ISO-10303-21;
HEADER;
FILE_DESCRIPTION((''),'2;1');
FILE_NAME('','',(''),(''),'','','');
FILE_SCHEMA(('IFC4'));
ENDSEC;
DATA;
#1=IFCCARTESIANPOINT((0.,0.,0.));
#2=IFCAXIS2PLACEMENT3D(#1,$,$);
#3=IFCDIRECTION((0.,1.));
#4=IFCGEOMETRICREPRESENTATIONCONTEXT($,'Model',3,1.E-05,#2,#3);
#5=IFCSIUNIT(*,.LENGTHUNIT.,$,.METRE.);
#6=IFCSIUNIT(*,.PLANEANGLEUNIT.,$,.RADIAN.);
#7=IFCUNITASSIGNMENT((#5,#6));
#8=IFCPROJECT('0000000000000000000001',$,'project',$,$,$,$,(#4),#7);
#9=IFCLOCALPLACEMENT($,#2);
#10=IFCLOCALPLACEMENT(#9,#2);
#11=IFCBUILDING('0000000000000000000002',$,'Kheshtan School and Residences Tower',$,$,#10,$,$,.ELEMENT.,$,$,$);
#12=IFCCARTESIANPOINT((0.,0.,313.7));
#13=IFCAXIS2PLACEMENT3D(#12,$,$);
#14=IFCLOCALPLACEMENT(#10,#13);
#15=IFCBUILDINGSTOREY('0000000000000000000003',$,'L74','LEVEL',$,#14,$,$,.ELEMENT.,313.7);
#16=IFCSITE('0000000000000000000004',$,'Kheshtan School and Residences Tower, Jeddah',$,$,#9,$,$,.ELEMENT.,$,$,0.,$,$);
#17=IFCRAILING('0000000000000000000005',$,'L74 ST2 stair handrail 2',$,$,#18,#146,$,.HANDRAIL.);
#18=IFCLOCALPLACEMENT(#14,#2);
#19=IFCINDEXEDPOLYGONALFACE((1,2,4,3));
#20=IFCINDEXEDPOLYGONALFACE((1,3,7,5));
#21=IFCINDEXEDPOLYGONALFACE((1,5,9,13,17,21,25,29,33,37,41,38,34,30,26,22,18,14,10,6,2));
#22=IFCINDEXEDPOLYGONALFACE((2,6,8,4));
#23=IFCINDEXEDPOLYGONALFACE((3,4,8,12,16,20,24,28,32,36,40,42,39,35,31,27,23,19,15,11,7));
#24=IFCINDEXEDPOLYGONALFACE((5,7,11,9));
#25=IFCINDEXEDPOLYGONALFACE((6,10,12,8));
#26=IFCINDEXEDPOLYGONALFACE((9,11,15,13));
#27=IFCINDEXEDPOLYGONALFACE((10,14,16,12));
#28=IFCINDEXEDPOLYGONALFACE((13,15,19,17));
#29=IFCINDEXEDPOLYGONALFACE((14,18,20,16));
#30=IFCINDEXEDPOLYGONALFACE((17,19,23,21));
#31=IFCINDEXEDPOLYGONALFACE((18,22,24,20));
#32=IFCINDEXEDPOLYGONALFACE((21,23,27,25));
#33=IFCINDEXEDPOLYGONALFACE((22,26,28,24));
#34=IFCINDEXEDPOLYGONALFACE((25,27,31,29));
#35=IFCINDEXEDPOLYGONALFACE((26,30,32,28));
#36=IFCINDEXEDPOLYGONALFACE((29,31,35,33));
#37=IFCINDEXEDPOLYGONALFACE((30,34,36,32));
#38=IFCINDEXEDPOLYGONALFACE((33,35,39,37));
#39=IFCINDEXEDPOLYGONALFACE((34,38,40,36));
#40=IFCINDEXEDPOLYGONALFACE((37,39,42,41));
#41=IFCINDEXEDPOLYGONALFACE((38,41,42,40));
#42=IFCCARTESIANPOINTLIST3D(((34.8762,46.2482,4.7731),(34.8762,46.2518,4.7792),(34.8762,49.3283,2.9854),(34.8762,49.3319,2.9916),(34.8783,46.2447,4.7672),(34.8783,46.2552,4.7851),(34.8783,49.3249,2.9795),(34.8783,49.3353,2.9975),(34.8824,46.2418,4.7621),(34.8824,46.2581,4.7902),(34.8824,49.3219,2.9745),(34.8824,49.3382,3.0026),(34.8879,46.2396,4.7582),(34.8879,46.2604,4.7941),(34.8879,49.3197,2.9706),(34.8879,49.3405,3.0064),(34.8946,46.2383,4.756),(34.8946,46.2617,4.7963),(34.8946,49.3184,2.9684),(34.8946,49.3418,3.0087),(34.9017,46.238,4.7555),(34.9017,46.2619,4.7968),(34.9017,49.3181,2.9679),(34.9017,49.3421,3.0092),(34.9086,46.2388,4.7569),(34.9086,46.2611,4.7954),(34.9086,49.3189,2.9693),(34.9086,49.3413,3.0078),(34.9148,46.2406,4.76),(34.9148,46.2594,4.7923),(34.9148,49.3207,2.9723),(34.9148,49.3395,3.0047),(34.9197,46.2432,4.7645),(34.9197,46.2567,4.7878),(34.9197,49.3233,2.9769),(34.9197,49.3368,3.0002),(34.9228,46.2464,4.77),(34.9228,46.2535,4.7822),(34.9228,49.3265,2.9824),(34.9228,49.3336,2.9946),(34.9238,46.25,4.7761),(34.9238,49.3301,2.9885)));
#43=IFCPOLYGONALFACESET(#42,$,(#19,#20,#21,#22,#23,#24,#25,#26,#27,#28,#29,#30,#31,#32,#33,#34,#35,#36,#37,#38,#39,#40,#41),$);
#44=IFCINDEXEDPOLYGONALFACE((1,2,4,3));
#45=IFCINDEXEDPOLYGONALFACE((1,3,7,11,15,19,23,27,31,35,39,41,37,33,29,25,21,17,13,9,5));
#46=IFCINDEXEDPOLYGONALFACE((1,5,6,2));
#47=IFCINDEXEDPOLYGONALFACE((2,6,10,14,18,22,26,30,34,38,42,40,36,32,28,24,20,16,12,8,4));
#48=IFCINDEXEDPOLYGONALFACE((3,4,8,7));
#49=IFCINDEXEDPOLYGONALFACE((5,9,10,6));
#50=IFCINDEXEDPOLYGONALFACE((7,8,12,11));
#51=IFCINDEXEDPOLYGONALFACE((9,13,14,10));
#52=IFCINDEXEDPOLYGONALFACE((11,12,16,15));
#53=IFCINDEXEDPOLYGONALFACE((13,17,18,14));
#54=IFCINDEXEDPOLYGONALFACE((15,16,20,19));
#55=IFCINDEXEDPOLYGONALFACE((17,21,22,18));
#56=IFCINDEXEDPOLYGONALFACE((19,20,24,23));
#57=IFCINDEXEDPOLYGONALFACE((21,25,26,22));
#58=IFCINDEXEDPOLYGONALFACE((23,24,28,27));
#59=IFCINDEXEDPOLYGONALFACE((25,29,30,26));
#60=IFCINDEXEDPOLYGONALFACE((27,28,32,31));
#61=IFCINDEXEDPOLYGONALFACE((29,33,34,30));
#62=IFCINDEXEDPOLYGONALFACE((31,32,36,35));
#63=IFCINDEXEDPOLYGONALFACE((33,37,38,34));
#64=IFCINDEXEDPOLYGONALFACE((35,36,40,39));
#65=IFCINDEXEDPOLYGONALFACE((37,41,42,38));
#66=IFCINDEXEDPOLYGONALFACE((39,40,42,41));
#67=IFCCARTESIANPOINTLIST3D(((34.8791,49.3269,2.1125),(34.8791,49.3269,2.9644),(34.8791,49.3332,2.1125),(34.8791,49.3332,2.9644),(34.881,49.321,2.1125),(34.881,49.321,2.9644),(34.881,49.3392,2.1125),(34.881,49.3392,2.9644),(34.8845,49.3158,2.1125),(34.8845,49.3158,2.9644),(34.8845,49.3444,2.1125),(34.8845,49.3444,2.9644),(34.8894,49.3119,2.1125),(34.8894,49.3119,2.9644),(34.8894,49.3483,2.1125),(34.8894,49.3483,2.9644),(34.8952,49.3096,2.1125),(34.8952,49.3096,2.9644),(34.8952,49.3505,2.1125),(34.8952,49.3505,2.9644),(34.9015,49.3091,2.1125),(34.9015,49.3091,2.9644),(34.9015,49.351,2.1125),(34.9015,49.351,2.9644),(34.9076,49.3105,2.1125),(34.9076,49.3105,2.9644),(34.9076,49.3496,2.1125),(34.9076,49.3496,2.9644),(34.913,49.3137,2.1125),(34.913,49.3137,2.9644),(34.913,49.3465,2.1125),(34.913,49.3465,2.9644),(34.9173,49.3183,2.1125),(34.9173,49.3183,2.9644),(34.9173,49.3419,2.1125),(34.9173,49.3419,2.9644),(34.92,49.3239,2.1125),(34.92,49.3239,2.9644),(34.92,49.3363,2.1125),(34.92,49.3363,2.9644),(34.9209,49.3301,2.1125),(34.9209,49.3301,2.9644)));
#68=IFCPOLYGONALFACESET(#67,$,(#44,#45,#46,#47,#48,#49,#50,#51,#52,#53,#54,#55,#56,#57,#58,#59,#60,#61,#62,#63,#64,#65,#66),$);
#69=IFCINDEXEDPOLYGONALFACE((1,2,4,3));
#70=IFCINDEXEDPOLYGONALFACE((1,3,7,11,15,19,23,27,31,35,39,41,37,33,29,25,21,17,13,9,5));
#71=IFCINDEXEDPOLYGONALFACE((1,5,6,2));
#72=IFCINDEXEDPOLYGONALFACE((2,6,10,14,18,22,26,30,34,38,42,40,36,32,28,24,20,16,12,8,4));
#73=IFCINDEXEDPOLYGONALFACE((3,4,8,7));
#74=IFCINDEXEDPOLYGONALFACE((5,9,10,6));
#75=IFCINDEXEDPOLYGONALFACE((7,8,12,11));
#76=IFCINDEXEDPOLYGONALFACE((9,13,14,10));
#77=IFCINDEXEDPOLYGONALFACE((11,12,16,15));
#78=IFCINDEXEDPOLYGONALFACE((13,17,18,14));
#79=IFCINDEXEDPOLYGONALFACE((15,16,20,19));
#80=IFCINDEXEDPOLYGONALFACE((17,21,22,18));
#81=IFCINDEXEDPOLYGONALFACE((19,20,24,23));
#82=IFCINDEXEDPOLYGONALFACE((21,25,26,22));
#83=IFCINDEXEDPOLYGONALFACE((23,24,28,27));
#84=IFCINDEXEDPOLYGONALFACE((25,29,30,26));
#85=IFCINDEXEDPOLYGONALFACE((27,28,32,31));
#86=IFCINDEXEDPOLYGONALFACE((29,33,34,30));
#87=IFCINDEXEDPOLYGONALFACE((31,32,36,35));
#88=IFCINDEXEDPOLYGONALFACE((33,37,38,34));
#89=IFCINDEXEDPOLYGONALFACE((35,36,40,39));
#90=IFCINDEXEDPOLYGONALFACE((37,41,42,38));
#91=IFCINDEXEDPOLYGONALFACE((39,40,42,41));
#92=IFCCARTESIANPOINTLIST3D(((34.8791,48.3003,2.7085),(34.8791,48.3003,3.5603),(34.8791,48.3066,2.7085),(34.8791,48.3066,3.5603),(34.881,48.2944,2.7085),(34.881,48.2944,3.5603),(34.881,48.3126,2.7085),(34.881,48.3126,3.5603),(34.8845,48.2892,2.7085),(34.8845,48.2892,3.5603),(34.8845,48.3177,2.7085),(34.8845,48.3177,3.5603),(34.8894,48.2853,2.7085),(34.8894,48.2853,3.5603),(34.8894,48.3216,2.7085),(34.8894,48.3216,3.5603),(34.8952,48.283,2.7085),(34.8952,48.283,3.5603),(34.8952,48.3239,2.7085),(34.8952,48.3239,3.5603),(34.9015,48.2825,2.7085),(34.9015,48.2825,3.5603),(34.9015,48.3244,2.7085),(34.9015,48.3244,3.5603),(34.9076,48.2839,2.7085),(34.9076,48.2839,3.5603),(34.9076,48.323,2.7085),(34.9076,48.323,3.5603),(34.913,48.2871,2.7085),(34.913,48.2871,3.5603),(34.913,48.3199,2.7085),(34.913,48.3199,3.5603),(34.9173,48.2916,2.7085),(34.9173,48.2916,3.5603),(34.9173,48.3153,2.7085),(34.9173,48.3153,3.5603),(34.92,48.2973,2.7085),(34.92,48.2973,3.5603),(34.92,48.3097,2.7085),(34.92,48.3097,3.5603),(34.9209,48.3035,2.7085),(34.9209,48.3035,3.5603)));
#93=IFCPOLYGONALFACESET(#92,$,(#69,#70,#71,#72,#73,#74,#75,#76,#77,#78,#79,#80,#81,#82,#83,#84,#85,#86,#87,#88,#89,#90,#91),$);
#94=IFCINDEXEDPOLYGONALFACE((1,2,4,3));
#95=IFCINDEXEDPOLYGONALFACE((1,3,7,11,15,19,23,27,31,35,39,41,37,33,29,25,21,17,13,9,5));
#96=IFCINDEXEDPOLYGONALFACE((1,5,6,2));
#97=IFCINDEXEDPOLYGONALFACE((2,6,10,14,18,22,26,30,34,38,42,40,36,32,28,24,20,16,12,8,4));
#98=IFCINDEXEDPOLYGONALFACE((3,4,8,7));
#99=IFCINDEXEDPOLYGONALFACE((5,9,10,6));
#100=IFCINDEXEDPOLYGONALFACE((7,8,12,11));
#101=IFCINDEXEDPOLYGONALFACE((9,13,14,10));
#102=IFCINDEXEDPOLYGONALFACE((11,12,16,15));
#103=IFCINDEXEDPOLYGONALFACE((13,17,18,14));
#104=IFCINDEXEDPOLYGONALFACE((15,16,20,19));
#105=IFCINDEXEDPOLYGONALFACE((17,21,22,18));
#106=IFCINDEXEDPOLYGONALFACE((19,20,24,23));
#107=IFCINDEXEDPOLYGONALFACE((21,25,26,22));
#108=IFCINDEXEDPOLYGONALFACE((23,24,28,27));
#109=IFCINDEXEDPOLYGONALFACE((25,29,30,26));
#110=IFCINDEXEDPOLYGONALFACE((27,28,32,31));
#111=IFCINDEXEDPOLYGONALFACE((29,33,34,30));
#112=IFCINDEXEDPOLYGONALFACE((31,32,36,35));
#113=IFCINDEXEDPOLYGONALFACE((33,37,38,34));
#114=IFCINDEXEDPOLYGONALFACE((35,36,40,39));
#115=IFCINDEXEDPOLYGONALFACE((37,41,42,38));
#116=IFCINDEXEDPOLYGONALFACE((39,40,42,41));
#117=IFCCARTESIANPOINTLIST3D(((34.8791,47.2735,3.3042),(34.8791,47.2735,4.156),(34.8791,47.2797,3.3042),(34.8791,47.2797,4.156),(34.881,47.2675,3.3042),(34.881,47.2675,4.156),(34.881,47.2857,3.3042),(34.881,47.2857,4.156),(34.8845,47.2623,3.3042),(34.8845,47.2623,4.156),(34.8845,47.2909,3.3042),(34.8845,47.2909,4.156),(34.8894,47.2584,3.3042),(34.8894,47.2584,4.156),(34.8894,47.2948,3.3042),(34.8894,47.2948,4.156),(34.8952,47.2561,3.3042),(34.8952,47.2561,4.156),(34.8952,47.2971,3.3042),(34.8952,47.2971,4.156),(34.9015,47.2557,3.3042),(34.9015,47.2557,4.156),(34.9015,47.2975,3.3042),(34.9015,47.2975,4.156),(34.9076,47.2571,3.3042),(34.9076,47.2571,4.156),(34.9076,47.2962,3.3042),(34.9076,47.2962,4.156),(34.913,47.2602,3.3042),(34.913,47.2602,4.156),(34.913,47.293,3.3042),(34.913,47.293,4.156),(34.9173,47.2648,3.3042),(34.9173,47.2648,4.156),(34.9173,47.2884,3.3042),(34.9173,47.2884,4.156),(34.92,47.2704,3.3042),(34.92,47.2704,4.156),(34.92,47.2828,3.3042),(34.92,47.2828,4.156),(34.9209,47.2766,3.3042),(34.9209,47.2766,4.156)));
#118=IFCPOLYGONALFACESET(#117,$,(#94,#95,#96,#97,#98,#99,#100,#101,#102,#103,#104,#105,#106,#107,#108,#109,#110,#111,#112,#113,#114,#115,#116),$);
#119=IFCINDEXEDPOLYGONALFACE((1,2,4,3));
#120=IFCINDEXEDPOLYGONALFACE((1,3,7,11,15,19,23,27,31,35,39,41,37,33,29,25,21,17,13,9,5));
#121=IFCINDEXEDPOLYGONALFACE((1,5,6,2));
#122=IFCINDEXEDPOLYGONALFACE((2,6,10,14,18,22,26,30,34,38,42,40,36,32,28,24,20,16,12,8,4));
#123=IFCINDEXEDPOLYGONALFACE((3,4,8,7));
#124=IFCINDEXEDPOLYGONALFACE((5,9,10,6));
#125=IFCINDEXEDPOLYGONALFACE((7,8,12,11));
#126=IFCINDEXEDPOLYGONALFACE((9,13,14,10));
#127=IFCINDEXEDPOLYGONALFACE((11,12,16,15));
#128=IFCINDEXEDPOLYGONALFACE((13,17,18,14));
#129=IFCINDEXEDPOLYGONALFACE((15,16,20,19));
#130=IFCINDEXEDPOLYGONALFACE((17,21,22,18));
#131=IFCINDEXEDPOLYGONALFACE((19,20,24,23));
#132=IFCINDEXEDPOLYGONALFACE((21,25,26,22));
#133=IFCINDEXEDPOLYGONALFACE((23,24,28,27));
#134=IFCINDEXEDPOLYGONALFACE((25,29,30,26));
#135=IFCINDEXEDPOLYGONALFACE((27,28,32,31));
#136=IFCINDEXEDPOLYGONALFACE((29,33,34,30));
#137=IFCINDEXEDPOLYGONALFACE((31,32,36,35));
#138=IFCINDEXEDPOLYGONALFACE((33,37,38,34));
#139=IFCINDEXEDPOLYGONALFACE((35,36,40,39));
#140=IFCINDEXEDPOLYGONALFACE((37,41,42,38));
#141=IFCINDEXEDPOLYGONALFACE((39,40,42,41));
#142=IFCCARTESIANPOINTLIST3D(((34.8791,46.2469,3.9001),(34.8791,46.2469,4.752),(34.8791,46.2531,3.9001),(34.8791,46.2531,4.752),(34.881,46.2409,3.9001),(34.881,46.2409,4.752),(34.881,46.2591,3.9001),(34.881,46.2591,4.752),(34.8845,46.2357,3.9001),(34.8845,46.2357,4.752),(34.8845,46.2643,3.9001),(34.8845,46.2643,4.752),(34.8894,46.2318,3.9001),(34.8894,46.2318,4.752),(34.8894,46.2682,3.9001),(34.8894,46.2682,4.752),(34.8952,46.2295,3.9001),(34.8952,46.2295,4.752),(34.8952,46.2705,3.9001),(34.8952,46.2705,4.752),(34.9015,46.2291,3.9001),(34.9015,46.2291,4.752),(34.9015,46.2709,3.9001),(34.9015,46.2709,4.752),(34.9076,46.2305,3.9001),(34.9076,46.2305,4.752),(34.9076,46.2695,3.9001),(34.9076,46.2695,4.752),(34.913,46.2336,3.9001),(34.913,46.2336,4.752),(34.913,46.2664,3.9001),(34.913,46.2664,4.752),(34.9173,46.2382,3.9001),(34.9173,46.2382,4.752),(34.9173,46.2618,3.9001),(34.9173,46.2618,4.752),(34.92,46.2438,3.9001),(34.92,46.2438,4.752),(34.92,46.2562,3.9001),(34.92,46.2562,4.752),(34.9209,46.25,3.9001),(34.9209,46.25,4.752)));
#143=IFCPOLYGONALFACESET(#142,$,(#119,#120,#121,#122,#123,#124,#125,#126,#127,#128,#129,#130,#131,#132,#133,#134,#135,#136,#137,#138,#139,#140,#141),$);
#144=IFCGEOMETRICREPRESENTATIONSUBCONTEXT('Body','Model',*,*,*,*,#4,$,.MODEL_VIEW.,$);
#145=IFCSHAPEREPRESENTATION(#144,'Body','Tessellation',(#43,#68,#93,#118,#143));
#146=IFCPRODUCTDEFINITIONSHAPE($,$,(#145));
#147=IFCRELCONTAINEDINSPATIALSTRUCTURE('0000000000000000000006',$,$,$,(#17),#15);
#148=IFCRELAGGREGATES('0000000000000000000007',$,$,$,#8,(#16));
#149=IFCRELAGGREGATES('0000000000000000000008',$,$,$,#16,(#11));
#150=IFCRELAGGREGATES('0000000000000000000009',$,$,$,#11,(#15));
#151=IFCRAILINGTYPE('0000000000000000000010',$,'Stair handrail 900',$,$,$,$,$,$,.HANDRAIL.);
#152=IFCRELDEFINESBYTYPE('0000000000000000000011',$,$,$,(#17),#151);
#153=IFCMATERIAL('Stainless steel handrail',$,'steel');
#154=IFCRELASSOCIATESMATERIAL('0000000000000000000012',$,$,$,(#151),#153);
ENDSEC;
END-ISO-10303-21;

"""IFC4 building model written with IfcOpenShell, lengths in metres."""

from ifc_helpers import new_model, si_unit, direction, frame, origin, origin_2d, place, context, subcontext, project, spatial, circle, extrude, material, type_object, element, save


model = new_model("IFC4")

# Units and contexts
model_context = context("Model", 3, precision=1e-05, world=origin(), true_north=direction((0.0, 1.0)))
body_context = subcontext(model_context, "Body", "Model", "MODEL_VIEW")
ifc_project = project(units=[si_unit("LENGTHUNIT", "METRE"), si_unit("PLANEANGLEUNIT", "RADIAN")], contexts=[model_context])

# Site, building, storey
site_placement = place(None, origin())
site = spatial("IfcSite", under=ifc_project, at=site_placement, Name="Kheshtan School and Residences Tower, Jeddah", CompositionType="ELEMENT", RefElevation=0.0)
building_placement = place(site_placement, origin())
building = spatial("IfcBuilding", under=site, at=building_placement, Name="Kheshtan School and Residences Tower", CompositionType="ELEMENT")
storey_placement = place(building_placement, frame((0.0, 0.0, 313.7)))
storey = spatial("IfcBuildingStorey", under=building, at=storey_placement, Name="L74", Description="LEVEL", CompositionType="ELEMENT", Elevation=313.7)

# Railing
ifc_material_1 = material(Name="Stainless steel handrail", Category="steel")
railing_type_1 = type_object("IfcRailingType", Name="Stair handrail 900", PredefinedType="HANDRAIL", material=ifc_material_1)
railing_1_placement = place(storey_placement, frame((34.8999, 49.3301, 2.1125)))
element("IfcRailing", 1, at=railing_1_placement, inside=storey, type_object=railing_type_1, Name="L74 ST2 stair handrail 2", PredefinedType="HANDRAIL", context=body_context, shape_type="SweptSolid", body=[
    extrude(circle(Radius=0.0239, at=origin_2d()), frame((0.0, 0.0, 0.876), z_axis=(0.0, -0.864891, 0.50196), x_axis=(1.0, 0.0, 0.0)), (0.0, 0.0, 1.0), 3.5613),
    extrude(circle(Radius=0.021, at=origin_2d()), origin(), (0.0, 0.0, 1.0), 0.8518),
    extrude(circle(Radius=0.021, at=origin_2d()), frame((0.0, -1.0266, 0.5959)), (0.0, 0.0, 1.0), 0.8518),
    extrude(circle(Radius=0.021, at=origin_2d()), frame((0.0, -2.0535, 1.1917)), (0.0, 0.0, 1.0), 0.8518),
    extrude(circle(Radius=0.021, at=origin_2d()), frame((0.0, -3.0801, 1.7876)), (0.0, 0.0, 1.0), 0.8518),
])

save(model, "model.ifc")
